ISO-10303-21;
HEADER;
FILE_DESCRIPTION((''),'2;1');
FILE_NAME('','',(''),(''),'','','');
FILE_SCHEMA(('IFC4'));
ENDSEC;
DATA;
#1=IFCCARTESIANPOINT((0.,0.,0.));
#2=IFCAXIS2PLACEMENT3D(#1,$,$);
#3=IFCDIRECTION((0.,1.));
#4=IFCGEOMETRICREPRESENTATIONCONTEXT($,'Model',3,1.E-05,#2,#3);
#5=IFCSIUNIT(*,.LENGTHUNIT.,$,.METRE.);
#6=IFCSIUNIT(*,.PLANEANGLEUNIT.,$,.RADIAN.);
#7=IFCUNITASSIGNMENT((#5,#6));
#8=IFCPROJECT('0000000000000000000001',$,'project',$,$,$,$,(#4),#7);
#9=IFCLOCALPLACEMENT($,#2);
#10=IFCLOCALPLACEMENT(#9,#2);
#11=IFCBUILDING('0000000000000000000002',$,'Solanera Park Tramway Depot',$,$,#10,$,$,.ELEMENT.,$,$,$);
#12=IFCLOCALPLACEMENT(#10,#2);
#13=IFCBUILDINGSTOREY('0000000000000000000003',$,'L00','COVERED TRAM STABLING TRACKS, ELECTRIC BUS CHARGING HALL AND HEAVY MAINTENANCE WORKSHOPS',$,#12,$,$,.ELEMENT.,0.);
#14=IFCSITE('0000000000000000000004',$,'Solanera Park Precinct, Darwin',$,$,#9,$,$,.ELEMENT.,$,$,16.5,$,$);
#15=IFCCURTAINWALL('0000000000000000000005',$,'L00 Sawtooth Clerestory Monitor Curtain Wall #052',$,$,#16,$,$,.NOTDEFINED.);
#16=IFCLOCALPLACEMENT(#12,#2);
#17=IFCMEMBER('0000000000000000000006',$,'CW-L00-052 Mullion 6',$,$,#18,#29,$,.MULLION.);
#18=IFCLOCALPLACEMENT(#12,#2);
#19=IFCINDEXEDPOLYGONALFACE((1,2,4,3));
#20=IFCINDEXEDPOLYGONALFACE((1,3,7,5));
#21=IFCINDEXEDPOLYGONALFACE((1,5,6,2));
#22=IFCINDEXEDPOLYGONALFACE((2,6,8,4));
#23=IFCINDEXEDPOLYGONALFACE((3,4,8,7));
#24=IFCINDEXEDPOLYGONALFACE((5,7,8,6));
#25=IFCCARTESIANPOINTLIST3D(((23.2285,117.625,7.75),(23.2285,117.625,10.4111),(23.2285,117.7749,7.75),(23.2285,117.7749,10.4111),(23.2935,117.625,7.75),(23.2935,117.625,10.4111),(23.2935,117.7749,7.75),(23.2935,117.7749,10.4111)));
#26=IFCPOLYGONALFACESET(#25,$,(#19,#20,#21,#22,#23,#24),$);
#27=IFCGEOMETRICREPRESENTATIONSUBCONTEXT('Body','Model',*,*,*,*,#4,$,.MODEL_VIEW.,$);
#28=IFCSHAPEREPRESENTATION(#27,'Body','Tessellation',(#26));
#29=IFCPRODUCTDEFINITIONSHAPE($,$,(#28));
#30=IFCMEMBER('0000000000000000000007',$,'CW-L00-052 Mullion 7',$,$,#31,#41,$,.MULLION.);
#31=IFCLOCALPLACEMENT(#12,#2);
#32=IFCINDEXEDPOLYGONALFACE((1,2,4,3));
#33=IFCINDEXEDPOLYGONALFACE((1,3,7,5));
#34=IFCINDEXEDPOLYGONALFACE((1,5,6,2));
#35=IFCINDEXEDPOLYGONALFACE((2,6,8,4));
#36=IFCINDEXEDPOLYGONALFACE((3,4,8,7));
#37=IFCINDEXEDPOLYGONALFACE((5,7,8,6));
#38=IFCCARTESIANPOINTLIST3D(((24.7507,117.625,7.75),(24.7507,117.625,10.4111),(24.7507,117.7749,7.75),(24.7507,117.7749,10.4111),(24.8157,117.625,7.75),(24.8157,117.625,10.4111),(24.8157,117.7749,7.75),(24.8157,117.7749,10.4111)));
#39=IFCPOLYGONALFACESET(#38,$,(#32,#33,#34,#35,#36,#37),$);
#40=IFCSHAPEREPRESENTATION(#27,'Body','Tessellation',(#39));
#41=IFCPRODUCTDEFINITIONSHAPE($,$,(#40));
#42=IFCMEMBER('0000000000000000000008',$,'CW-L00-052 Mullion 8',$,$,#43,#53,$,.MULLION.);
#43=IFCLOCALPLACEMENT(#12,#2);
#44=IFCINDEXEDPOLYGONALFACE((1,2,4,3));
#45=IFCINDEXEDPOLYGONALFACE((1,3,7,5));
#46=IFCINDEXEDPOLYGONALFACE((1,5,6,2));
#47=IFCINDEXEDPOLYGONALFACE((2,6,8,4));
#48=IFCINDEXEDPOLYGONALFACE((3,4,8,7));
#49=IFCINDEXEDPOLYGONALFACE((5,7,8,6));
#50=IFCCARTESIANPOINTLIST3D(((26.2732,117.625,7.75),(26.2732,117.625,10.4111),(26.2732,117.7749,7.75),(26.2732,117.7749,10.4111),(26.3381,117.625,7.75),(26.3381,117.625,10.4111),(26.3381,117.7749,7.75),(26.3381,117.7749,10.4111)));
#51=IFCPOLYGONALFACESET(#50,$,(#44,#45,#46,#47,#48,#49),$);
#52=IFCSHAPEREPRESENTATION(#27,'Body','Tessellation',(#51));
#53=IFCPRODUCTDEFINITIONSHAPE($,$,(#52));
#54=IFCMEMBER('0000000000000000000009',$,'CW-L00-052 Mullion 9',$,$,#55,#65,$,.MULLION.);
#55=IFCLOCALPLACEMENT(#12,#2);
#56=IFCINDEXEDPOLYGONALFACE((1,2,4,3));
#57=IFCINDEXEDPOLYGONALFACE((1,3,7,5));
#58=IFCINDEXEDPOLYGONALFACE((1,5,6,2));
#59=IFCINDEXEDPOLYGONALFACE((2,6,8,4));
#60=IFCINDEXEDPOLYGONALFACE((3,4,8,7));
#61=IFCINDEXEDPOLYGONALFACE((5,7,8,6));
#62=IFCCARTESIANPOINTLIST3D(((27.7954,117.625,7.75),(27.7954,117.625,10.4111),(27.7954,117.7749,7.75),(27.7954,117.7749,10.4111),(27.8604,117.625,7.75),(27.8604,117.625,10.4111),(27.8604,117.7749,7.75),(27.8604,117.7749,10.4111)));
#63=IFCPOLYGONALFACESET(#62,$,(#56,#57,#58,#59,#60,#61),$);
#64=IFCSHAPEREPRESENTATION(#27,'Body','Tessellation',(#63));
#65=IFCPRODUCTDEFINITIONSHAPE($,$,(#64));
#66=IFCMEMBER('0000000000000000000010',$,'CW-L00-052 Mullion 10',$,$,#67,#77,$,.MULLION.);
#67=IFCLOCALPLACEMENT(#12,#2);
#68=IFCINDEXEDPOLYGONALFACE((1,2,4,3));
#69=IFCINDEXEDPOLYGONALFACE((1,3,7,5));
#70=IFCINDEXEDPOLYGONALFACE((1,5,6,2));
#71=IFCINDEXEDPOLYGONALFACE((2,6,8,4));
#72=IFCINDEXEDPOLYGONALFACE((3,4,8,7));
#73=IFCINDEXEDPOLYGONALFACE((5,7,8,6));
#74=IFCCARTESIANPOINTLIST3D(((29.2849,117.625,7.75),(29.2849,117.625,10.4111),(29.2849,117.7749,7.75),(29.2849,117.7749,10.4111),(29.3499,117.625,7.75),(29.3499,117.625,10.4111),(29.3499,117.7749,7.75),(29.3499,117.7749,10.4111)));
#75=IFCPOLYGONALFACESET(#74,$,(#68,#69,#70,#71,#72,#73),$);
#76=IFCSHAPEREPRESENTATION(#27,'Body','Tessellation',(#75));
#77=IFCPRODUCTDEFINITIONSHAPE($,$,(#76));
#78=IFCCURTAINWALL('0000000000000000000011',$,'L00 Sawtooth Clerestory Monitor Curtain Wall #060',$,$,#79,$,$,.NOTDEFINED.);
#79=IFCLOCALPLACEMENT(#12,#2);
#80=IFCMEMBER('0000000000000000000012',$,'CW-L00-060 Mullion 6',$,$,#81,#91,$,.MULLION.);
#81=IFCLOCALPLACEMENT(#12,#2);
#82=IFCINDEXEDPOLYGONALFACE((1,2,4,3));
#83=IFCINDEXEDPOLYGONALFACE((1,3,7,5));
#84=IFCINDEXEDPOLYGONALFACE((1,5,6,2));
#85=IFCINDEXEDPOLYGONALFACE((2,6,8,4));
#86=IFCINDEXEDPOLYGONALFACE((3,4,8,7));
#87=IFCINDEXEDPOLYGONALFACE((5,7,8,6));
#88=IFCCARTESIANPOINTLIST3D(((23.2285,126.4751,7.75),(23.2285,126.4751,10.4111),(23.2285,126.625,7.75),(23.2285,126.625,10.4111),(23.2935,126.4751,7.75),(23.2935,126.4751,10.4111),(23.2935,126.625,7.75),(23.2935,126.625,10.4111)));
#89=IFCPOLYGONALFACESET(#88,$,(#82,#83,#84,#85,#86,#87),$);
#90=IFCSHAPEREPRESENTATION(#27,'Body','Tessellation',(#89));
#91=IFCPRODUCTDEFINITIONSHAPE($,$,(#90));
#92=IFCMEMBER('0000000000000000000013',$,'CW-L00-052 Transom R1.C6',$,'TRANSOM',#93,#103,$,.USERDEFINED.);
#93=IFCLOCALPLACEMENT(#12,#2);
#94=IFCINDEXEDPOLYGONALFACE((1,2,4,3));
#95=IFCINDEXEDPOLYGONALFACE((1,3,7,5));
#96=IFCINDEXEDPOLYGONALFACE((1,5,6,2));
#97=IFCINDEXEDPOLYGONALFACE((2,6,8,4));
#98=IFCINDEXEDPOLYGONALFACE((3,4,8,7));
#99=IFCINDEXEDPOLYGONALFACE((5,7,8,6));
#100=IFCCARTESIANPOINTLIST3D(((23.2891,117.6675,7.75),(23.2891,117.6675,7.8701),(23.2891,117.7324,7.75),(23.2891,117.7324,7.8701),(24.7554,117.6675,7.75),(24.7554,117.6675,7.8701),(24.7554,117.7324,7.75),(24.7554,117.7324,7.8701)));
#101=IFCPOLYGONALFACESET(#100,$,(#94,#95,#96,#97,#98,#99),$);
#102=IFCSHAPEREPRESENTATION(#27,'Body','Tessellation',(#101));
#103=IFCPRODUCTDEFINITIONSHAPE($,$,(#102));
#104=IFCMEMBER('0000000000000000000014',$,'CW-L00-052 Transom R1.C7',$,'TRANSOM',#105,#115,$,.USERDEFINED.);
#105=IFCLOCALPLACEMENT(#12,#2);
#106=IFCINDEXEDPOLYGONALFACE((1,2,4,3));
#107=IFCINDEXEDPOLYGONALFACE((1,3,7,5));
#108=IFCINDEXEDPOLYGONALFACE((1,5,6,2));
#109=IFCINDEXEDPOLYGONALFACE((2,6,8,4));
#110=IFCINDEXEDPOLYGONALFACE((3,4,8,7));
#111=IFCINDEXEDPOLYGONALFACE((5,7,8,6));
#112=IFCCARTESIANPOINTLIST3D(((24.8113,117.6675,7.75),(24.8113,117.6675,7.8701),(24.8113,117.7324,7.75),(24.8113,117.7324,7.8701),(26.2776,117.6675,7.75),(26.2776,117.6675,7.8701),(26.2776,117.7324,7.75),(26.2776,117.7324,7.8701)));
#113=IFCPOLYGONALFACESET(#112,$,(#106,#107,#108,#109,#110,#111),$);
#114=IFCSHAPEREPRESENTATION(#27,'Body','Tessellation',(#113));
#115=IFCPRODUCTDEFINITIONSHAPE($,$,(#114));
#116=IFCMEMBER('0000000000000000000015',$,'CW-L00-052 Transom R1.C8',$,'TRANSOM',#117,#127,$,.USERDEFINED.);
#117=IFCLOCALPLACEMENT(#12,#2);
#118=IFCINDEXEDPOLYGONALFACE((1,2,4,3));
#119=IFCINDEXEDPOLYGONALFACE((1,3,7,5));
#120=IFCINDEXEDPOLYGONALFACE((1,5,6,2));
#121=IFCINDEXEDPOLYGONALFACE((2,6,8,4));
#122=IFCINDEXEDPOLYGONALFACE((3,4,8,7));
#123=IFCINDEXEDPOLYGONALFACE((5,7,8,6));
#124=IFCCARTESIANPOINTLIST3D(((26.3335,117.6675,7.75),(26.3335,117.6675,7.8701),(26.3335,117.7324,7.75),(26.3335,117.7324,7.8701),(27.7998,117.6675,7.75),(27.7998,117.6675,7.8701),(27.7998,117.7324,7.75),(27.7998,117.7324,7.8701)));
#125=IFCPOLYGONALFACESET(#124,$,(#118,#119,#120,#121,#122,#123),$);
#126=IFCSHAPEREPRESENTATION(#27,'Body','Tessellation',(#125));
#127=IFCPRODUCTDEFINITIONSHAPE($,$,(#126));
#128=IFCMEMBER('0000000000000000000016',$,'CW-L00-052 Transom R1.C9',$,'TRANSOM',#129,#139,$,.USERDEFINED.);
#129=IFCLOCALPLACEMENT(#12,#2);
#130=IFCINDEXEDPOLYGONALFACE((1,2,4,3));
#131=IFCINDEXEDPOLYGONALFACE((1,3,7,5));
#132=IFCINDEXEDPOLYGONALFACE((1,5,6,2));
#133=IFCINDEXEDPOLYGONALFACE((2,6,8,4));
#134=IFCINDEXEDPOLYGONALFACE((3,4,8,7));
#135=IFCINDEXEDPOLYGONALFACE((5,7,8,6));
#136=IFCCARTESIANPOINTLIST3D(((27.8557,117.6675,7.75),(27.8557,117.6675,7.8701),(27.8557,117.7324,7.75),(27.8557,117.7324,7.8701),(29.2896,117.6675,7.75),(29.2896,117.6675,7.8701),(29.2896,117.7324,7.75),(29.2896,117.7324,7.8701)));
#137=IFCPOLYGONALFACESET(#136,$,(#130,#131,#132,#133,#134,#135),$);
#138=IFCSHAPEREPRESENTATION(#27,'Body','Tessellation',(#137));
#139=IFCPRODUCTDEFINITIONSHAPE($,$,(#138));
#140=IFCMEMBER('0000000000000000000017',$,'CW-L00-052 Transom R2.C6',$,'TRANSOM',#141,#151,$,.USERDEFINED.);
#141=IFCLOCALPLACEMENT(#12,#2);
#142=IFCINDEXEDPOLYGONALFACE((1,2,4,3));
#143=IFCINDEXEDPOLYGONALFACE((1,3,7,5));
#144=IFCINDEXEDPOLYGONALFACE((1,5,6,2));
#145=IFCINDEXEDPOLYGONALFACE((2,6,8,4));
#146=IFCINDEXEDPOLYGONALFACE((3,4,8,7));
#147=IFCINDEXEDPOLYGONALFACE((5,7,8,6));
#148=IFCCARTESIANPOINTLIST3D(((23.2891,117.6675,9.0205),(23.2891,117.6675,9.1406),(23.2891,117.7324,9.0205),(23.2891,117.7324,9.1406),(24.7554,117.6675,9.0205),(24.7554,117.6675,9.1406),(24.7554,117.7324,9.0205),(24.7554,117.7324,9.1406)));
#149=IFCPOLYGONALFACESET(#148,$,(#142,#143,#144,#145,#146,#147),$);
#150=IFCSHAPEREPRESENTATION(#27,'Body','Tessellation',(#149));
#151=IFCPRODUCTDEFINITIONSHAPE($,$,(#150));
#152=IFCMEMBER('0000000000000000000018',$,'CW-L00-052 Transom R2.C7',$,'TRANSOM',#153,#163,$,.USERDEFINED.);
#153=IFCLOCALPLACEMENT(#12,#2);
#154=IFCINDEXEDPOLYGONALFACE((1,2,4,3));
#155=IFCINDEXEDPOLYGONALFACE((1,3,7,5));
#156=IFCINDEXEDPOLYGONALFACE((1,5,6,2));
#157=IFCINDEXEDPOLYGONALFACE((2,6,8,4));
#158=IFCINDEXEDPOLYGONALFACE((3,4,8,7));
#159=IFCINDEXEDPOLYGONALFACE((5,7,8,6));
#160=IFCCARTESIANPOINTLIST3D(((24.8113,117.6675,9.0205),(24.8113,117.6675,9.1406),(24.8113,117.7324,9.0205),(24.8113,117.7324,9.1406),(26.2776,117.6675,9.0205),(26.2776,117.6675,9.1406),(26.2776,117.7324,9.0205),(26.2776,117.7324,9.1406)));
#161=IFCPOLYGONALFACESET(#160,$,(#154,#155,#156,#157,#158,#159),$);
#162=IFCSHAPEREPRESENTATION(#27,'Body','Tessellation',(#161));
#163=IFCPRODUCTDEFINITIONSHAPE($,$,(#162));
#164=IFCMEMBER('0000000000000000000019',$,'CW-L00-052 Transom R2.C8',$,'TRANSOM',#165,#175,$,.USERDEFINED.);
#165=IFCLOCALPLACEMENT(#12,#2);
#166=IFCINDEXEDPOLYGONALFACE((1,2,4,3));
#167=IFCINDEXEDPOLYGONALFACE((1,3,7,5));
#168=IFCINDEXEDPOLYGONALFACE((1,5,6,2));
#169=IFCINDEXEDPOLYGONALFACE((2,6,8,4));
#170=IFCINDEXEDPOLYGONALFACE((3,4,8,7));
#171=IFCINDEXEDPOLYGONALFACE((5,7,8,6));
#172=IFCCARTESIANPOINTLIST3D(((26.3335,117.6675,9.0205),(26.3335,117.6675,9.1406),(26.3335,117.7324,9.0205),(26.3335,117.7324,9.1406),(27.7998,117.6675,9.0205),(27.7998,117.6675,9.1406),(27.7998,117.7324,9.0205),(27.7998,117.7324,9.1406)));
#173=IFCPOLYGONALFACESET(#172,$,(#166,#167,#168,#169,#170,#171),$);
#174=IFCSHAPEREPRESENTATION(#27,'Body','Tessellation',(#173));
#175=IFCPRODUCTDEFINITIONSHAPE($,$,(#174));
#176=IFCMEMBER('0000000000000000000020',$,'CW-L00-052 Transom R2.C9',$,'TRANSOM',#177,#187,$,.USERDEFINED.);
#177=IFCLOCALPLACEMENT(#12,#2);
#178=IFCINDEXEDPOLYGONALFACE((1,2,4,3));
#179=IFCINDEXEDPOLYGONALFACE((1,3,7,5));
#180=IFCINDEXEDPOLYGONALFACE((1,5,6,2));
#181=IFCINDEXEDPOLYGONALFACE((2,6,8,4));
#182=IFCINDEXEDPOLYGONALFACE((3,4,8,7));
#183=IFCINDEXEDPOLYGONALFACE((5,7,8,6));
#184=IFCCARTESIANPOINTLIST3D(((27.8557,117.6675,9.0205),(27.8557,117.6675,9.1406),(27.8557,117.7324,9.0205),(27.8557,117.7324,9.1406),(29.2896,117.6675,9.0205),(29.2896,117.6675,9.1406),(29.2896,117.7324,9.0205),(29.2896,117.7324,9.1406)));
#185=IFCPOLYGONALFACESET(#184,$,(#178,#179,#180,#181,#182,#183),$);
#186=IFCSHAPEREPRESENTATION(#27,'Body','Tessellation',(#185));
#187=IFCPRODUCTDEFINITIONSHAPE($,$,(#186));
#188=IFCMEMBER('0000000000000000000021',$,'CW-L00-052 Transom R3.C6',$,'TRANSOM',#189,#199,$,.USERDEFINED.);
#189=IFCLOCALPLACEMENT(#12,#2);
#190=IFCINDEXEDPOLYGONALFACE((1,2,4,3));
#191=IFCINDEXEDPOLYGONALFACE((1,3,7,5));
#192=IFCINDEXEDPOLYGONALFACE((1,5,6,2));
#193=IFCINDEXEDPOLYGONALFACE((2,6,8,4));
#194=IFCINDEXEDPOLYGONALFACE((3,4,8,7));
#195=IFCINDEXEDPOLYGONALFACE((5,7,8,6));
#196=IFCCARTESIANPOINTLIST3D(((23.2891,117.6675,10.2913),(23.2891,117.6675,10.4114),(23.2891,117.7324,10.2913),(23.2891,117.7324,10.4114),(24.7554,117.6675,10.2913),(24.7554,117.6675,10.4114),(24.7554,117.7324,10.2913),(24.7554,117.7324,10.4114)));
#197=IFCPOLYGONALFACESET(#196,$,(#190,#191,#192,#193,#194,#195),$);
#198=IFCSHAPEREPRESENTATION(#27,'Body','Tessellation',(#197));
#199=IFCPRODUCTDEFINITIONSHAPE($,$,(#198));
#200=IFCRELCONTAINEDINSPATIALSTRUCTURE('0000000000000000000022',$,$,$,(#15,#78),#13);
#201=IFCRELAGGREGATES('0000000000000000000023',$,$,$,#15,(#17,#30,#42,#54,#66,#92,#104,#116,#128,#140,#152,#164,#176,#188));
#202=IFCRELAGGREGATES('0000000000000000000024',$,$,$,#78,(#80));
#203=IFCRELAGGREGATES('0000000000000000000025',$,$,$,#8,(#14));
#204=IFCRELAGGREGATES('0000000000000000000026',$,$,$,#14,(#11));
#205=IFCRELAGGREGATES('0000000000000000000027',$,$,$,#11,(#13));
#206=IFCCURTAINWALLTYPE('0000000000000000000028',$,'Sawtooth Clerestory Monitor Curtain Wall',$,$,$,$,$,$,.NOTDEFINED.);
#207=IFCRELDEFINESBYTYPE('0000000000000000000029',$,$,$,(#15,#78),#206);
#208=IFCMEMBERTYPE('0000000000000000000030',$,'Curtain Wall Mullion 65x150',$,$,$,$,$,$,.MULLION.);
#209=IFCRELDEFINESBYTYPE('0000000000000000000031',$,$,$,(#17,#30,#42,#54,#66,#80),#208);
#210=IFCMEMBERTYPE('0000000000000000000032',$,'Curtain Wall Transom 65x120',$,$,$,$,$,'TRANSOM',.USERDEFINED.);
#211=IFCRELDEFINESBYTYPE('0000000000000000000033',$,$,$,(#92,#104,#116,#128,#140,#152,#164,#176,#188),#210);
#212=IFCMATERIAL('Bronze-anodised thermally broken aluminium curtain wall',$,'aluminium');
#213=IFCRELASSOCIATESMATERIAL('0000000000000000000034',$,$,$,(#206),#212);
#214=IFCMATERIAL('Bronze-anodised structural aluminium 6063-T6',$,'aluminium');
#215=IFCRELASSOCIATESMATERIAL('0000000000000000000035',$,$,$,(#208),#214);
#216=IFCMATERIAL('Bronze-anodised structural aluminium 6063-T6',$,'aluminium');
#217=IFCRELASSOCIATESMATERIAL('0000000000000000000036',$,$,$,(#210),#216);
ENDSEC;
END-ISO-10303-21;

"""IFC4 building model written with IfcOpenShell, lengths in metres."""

from ifc_helpers import new_model, si_unit, direction, frame, origin, origin_2d, place, context, subcontext, project, spatial, rectangle, extrude, material, material_profile, profile_set, type_object, element, aggregate, save


model = new_model("IFC4")

# Units and contexts
model_context = context("Model", 3, precision=1e-05, world=origin(), true_north=direction((0.0, 1.0)))
body_context = subcontext(model_context, "Body", "Model", "MODEL_VIEW")
ifc_project = project(units=[si_unit("LENGTHUNIT", "METRE"), si_unit("PLANEANGLEUNIT", "RADIAN")], contexts=[model_context])

# Site, building, storey
site_placement = place(None, origin())
site = spatial("IfcSite", under=ifc_project, at=site_placement, Name="Solanera Park Precinct, Darwin", CompositionType="ELEMENT", RefElevation=16.5)
building_placement = place(site_placement, origin())
building = spatial("IfcBuilding", under=site, at=building_placement, Name="Solanera Park Tramway Depot", CompositionType="ELEMENT")
storey_placement = place(building_placement, origin())
storey = spatial("IfcBuildingStorey", under=building, at=storey_placement, Name="L00", Description="COVERED TRAM STABLING TRACKS, ELECTRIC BUS CHARGING HALL AND HEAVY MAINTENANCE WORKSHOPS", CompositionType="ELEMENT", Elevation=0.0)

# Curtain wall, members
ifc_material_1 = material(Name="Bronze-anodised thermally broken aluminium curtain wall", Category="aluminium")
curtain_wall_type = type_object("IfcCurtainWallType", Name="Sawtooth Clerestory Monitor Curtain Wall", PredefinedType="NOTDEFINED", material=ifc_material_1)
curtain_wall_1_placement = place(storey_placement, origin())
curtain_wall_1 = element("IfcCurtainWall", 1, at=curtain_wall_1_placement, inside=storey, type_object=curtain_wall_type, Name="L00 Sawtooth Clerestory Monitor Curtain Wall #052", PredefinedType="NOTDEFINED")
ifc_material_2 = material(Name="Bronze-anodised structural aluminium 6063-T6", Category="aluminium")
ifc_material_profile_1 = material_profile(ifc_material_2, rectangle(XDim=0.0649, YDim=0.1499, at=origin_2d()), Name="Curtain Wall Mullion 65x150")
ifc_profile_set_1 = profile_set([ifc_material_profile_1], Name="Bronze-anodised structural aluminium 6063-T6")
member_type_1 = type_object("IfcMemberType", Name="Curtain Wall Mullion 65x150", PredefinedType="MULLION", material=ifc_profile_set_1)
member_1_placement = place(storey_placement, frame((23.261, 117.7, 7.75), z_axis=(0.0, 0.0, 1.0), x_axis=(1.0, 0.0, 0.0)))
member_1 = element("IfcMember", 2, at=member_1_placement, type_object=member_type_1, Name="CW-L00-052 Mullion 6", PredefinedType="MULLION", context=body_context, shape_type="SweptSolid", body=[
    extrude(rectangle(XDim=0.0649, YDim=0.1499, at=origin_2d()), origin(), (0.0, 0.0, 1.0), 2.6611),
])
member_2_placement = place(storey_placement, frame((24.7832, 117.7, 7.75), z_axis=(0.0, 0.0, 1.0), x_axis=(1.0, 0.0, 0.0)))
member_2 = element("IfcMember", 3, at=member_2_placement, type_object=member_type_1, Name="CW-L00-052 Mullion 7", PredefinedType="MULLION", context=body_context, shape_type="SweptSolid", body=[
    extrude(rectangle(XDim=0.0649, YDim=0.1499, at=origin_2d()), origin(), (0.0, 0.0, 1.0), 2.6611),
])
member_3_placement = place(storey_placement, frame((26.3057, 117.7, 7.75), z_axis=(0.0, 0.0, 1.0), x_axis=(1.0, 0.0, 0.0)))
member_3 = element("IfcMember", 4, at=member_3_placement, type_object=member_type_1, Name="CW-L00-052 Mullion 8", PredefinedType="MULLION", context=body_context, shape_type="SweptSolid", body=[
    extrude(rectangle(XDim=0.0649, YDim=0.1499, at=origin_2d()), origin(), (0.0, 0.0, 1.0), 2.6611),
])
member_4_placement = place(storey_placement, frame((27.8279, 117.7, 7.75), z_axis=(0.0, 0.0, 1.0), x_axis=(1.0, 0.0, 0.0)))
member_4 = element("IfcMember", 5, at=member_4_placement, type_object=member_type_1, Name="CW-L00-052 Mullion 9", PredefinedType="MULLION", context=body_context, shape_type="SweptSolid", body=[
    extrude(rectangle(XDim=0.0649, YDim=0.1499, at=origin_2d()), origin(), (0.0, 0.0, 1.0), 2.6611),
])
member_5_placement = place(storey_placement, frame((29.3174, 117.7, 7.75), z_axis=(0.0, 0.0, 1.0), x_axis=(1.0, 0.0, 0.0)))
member_5 = element("IfcMember", 6, at=member_5_placement, type_object=member_type_1, Name="CW-L00-052 Mullion 10", PredefinedType="MULLION", context=body_context, shape_type="SweptSolid", body=[
    extrude(rectangle(XDim=0.0649, YDim=0.1499, at=origin_2d()), origin(), (0.0, 0.0, 1.0), 2.6611),
])

# Curtain wall, member
curtain_wall_2_placement = place(storey_placement, origin())
curtain_wall_2 = element("IfcCurtainWall", 7, at=curtain_wall_2_placement, inside=storey, type_object=curtain_wall_type, Name="L00 Sawtooth Clerestory Monitor Curtain Wall #060", PredefinedType="NOTDEFINED")
member_6_placement = place(storey_placement, frame((23.261, 126.55, 7.75), z_axis=(0.0, 0.0, 1.0), x_axis=(1.0, 0.0, 0.0)))
member_6 = element("IfcMember", 8, at=member_6_placement, type_object=member_type_1, Name="CW-L00-060 Mullion 6", PredefinedType="MULLION", context=body_context, shape_type="SweptSolid", body=[
    extrude(rectangle(XDim=0.0649, YDim=0.1499, at=origin_2d()), origin(), (0.0, 0.0, 1.0), 2.6611),
])

# Members
ifc_material_3 = material(Name="Bronze-anodised structural aluminium 6063-T6", Category="aluminium")
ifc_material_profile_2 = material_profile(ifc_material_3, rectangle(XDim=0.0649, YDim=0.1201, at=origin_2d()), Name="Curtain Wall Transom 65x120")
ifc_profile_set_2 = profile_set([ifc_material_profile_2], Name="Bronze-anodised structural aluminium 6063-T6")
member_type_2 = type_object("IfcMemberType", Name="Curtain Wall Transom 65x120", ElementType="TRANSOM", PredefinedType="USERDEFINED", material=ifc_profile_set_2)
member_7_placement = place(storey_placement, frame((23.2891, 117.7, 7.8101), z_axis=(1.0, 0.0, 0.0), x_axis=(0.0, 1.0, 0.0)))
member_7 = element("IfcMember", 9, at=member_7_placement, type_object=member_type_2, Name="CW-L00-052 Transom R1.C6", ObjectType="TRANSOM", PredefinedType="USERDEFINED", context=body_context, shape_type="SweptSolid", body=[
    extrude(rectangle(XDim=0.0649, YDim=0.1201, at=origin_2d()), origin(), (0.0, 0.0, 1.0), 1.4663),
])
member_8_placement = place(storey_placement, frame((24.8113, 117.7, 7.8101), z_axis=(1.0, 0.0, 0.0), x_axis=(0.0, 1.0, 0.0)))
member_8 = element("IfcMember", 10, at=member_8_placement, type_object=member_type_2, Name="CW-L00-052 Transom R1.C7", ObjectType="TRANSOM", PredefinedType="USERDEFINED", context=body_context, shape_type="SweptSolid", body=[
    extrude(rectangle(XDim=0.0649, YDim=0.1201, at=origin_2d()), origin(), (0.0, 0.0, 1.0), 1.4663),
])
member_9_placement = place(storey_placement, frame((26.3335, 117.7, 7.8101), z_axis=(1.0, 0.0, 0.0), x_axis=(0.0, 1.0, 0.0)))
member_9 = element("IfcMember", 11, at=member_9_placement, type_object=member_type_2, Name="CW-L00-052 Transom R1.C8", ObjectType="TRANSOM", PredefinedType="USERDEFINED", context=body_context, shape_type="SweptSolid", body=[
    extrude(rectangle(XDim=0.0649, YDim=0.1201, at=origin_2d()), origin(), (0.0, 0.0, 1.0), 1.4663),
])
member_10_placement = place(storey_placement, frame((27.8557, 117.7, 7.8101), z_axis=(1.0, 0.0, 0.0), x_axis=(0.0, 1.0, 0.0)))
member_10 = element("IfcMember", 12, at=member_10_placement, type_object=member_type_2, Name="CW-L00-052 Transom R1.C9", ObjectType="TRANSOM", PredefinedType="USERDEFINED", context=body_context, shape_type="SweptSolid", body=[
    extrude(rectangle(XDim=0.0649, YDim=0.1201, at=origin_2d()), origin(), (0.0, 0.0, 1.0), 1.4338),
])
member_11_placement = place(storey_placement, frame((23.2891, 117.7, 9.0806), z_axis=(1.0, 0.0, 0.0), x_axis=(0.0, 1.0, 0.0)))
member_11 = element("IfcMember", 13, at=member_11_placement, type_object=member_type_2, Name="CW-L00-052 Transom R2.C6", ObjectType="TRANSOM", PredefinedType="USERDEFINED", context=body_context, shape_type="SweptSolid", body=[
    extrude(rectangle(XDim=0.0649, YDim=0.1201, at=origin_2d()), origin(), (0.0, 0.0, 1.0), 1.4663),
])
member_12_placement = place(storey_placement, frame((24.8113, 117.7, 9.0806), z_axis=(1.0, 0.0, 0.0), x_axis=(0.0, 1.0, 0.0)))
member_12 = element("IfcMember", 14, at=member_12_placement, type_object=member_type_2, Name="CW-L00-052 Transom R2.C7", ObjectType="TRANSOM", PredefinedType="USERDEFINED", context=body_context, shape_type="SweptSolid", body=[
    extrude(rectangle(XDim=0.0649, YDim=0.1201, at=origin_2d()), origin(), (0.0, 0.0, 1.0), 1.4663),
])
member_13_placement = place(storey_placement, frame((26.3335, 117.7, 9.0806), z_axis=(1.0, 0.0, 0.0), x_axis=(0.0, 1.0, 0.0)))
member_13 = element("IfcMember", 15, at=member_13_placement, type_object=member_type_2, Name="CW-L00-052 Transom R2.C8", ObjectType="TRANSOM", PredefinedType="USERDEFINED", context=body_context, shape_type="SweptSolid", body=[
    extrude(rectangle(XDim=0.0649, YDim=0.1201, at=origin_2d()), origin(), (0.0, 0.0, 1.0), 1.4663),
])
member_14_placement = place(storey_placement, frame((27.8557, 117.7, 9.0806), z_axis=(1.0, 0.0, 0.0), x_axis=(0.0, 1.0, 0.0)))
member_14 = element("IfcMember", 16, at=member_14_placement, type_object=member_type_2, Name="CW-L00-052 Transom R2.C9", ObjectType="TRANSOM", PredefinedType="USERDEFINED", context=body_context, shape_type="SweptSolid", body=[
    extrude(rectangle(XDim=0.0649, YDim=0.1201, at=origin_2d()), origin(), (0.0, 0.0, 1.0), 1.4338),
])
member_15_placement = place(storey_placement, frame((23.2891, 117.7, 10.3513), z_axis=(1.0, 0.0, 0.0), x_axis=(0.0, 1.0, 0.0)))
member_15 = element("IfcMember", 17, at=member_15_placement, type_object=member_type_2, Name="CW-L00-052 Transom R3.C6", ObjectType="TRANSOM", PredefinedType="USERDEFINED", context=body_context, shape_type="SweptSolid", body=[
    extrude(rectangle(XDim=0.0649, YDim=0.1201, at=origin_2d()), origin(), (0.0, 0.0, 1.0), 1.4663),
])

aggregate(curtain_wall_1, [member_1, member_2, member_3, member_4, member_5, member_7, member_8, member_9, member_10, member_11, member_12, member_13, member_14, member_15])
aggregate(curtain_wall_2, [member_6])

save(model, "model.ifc")
